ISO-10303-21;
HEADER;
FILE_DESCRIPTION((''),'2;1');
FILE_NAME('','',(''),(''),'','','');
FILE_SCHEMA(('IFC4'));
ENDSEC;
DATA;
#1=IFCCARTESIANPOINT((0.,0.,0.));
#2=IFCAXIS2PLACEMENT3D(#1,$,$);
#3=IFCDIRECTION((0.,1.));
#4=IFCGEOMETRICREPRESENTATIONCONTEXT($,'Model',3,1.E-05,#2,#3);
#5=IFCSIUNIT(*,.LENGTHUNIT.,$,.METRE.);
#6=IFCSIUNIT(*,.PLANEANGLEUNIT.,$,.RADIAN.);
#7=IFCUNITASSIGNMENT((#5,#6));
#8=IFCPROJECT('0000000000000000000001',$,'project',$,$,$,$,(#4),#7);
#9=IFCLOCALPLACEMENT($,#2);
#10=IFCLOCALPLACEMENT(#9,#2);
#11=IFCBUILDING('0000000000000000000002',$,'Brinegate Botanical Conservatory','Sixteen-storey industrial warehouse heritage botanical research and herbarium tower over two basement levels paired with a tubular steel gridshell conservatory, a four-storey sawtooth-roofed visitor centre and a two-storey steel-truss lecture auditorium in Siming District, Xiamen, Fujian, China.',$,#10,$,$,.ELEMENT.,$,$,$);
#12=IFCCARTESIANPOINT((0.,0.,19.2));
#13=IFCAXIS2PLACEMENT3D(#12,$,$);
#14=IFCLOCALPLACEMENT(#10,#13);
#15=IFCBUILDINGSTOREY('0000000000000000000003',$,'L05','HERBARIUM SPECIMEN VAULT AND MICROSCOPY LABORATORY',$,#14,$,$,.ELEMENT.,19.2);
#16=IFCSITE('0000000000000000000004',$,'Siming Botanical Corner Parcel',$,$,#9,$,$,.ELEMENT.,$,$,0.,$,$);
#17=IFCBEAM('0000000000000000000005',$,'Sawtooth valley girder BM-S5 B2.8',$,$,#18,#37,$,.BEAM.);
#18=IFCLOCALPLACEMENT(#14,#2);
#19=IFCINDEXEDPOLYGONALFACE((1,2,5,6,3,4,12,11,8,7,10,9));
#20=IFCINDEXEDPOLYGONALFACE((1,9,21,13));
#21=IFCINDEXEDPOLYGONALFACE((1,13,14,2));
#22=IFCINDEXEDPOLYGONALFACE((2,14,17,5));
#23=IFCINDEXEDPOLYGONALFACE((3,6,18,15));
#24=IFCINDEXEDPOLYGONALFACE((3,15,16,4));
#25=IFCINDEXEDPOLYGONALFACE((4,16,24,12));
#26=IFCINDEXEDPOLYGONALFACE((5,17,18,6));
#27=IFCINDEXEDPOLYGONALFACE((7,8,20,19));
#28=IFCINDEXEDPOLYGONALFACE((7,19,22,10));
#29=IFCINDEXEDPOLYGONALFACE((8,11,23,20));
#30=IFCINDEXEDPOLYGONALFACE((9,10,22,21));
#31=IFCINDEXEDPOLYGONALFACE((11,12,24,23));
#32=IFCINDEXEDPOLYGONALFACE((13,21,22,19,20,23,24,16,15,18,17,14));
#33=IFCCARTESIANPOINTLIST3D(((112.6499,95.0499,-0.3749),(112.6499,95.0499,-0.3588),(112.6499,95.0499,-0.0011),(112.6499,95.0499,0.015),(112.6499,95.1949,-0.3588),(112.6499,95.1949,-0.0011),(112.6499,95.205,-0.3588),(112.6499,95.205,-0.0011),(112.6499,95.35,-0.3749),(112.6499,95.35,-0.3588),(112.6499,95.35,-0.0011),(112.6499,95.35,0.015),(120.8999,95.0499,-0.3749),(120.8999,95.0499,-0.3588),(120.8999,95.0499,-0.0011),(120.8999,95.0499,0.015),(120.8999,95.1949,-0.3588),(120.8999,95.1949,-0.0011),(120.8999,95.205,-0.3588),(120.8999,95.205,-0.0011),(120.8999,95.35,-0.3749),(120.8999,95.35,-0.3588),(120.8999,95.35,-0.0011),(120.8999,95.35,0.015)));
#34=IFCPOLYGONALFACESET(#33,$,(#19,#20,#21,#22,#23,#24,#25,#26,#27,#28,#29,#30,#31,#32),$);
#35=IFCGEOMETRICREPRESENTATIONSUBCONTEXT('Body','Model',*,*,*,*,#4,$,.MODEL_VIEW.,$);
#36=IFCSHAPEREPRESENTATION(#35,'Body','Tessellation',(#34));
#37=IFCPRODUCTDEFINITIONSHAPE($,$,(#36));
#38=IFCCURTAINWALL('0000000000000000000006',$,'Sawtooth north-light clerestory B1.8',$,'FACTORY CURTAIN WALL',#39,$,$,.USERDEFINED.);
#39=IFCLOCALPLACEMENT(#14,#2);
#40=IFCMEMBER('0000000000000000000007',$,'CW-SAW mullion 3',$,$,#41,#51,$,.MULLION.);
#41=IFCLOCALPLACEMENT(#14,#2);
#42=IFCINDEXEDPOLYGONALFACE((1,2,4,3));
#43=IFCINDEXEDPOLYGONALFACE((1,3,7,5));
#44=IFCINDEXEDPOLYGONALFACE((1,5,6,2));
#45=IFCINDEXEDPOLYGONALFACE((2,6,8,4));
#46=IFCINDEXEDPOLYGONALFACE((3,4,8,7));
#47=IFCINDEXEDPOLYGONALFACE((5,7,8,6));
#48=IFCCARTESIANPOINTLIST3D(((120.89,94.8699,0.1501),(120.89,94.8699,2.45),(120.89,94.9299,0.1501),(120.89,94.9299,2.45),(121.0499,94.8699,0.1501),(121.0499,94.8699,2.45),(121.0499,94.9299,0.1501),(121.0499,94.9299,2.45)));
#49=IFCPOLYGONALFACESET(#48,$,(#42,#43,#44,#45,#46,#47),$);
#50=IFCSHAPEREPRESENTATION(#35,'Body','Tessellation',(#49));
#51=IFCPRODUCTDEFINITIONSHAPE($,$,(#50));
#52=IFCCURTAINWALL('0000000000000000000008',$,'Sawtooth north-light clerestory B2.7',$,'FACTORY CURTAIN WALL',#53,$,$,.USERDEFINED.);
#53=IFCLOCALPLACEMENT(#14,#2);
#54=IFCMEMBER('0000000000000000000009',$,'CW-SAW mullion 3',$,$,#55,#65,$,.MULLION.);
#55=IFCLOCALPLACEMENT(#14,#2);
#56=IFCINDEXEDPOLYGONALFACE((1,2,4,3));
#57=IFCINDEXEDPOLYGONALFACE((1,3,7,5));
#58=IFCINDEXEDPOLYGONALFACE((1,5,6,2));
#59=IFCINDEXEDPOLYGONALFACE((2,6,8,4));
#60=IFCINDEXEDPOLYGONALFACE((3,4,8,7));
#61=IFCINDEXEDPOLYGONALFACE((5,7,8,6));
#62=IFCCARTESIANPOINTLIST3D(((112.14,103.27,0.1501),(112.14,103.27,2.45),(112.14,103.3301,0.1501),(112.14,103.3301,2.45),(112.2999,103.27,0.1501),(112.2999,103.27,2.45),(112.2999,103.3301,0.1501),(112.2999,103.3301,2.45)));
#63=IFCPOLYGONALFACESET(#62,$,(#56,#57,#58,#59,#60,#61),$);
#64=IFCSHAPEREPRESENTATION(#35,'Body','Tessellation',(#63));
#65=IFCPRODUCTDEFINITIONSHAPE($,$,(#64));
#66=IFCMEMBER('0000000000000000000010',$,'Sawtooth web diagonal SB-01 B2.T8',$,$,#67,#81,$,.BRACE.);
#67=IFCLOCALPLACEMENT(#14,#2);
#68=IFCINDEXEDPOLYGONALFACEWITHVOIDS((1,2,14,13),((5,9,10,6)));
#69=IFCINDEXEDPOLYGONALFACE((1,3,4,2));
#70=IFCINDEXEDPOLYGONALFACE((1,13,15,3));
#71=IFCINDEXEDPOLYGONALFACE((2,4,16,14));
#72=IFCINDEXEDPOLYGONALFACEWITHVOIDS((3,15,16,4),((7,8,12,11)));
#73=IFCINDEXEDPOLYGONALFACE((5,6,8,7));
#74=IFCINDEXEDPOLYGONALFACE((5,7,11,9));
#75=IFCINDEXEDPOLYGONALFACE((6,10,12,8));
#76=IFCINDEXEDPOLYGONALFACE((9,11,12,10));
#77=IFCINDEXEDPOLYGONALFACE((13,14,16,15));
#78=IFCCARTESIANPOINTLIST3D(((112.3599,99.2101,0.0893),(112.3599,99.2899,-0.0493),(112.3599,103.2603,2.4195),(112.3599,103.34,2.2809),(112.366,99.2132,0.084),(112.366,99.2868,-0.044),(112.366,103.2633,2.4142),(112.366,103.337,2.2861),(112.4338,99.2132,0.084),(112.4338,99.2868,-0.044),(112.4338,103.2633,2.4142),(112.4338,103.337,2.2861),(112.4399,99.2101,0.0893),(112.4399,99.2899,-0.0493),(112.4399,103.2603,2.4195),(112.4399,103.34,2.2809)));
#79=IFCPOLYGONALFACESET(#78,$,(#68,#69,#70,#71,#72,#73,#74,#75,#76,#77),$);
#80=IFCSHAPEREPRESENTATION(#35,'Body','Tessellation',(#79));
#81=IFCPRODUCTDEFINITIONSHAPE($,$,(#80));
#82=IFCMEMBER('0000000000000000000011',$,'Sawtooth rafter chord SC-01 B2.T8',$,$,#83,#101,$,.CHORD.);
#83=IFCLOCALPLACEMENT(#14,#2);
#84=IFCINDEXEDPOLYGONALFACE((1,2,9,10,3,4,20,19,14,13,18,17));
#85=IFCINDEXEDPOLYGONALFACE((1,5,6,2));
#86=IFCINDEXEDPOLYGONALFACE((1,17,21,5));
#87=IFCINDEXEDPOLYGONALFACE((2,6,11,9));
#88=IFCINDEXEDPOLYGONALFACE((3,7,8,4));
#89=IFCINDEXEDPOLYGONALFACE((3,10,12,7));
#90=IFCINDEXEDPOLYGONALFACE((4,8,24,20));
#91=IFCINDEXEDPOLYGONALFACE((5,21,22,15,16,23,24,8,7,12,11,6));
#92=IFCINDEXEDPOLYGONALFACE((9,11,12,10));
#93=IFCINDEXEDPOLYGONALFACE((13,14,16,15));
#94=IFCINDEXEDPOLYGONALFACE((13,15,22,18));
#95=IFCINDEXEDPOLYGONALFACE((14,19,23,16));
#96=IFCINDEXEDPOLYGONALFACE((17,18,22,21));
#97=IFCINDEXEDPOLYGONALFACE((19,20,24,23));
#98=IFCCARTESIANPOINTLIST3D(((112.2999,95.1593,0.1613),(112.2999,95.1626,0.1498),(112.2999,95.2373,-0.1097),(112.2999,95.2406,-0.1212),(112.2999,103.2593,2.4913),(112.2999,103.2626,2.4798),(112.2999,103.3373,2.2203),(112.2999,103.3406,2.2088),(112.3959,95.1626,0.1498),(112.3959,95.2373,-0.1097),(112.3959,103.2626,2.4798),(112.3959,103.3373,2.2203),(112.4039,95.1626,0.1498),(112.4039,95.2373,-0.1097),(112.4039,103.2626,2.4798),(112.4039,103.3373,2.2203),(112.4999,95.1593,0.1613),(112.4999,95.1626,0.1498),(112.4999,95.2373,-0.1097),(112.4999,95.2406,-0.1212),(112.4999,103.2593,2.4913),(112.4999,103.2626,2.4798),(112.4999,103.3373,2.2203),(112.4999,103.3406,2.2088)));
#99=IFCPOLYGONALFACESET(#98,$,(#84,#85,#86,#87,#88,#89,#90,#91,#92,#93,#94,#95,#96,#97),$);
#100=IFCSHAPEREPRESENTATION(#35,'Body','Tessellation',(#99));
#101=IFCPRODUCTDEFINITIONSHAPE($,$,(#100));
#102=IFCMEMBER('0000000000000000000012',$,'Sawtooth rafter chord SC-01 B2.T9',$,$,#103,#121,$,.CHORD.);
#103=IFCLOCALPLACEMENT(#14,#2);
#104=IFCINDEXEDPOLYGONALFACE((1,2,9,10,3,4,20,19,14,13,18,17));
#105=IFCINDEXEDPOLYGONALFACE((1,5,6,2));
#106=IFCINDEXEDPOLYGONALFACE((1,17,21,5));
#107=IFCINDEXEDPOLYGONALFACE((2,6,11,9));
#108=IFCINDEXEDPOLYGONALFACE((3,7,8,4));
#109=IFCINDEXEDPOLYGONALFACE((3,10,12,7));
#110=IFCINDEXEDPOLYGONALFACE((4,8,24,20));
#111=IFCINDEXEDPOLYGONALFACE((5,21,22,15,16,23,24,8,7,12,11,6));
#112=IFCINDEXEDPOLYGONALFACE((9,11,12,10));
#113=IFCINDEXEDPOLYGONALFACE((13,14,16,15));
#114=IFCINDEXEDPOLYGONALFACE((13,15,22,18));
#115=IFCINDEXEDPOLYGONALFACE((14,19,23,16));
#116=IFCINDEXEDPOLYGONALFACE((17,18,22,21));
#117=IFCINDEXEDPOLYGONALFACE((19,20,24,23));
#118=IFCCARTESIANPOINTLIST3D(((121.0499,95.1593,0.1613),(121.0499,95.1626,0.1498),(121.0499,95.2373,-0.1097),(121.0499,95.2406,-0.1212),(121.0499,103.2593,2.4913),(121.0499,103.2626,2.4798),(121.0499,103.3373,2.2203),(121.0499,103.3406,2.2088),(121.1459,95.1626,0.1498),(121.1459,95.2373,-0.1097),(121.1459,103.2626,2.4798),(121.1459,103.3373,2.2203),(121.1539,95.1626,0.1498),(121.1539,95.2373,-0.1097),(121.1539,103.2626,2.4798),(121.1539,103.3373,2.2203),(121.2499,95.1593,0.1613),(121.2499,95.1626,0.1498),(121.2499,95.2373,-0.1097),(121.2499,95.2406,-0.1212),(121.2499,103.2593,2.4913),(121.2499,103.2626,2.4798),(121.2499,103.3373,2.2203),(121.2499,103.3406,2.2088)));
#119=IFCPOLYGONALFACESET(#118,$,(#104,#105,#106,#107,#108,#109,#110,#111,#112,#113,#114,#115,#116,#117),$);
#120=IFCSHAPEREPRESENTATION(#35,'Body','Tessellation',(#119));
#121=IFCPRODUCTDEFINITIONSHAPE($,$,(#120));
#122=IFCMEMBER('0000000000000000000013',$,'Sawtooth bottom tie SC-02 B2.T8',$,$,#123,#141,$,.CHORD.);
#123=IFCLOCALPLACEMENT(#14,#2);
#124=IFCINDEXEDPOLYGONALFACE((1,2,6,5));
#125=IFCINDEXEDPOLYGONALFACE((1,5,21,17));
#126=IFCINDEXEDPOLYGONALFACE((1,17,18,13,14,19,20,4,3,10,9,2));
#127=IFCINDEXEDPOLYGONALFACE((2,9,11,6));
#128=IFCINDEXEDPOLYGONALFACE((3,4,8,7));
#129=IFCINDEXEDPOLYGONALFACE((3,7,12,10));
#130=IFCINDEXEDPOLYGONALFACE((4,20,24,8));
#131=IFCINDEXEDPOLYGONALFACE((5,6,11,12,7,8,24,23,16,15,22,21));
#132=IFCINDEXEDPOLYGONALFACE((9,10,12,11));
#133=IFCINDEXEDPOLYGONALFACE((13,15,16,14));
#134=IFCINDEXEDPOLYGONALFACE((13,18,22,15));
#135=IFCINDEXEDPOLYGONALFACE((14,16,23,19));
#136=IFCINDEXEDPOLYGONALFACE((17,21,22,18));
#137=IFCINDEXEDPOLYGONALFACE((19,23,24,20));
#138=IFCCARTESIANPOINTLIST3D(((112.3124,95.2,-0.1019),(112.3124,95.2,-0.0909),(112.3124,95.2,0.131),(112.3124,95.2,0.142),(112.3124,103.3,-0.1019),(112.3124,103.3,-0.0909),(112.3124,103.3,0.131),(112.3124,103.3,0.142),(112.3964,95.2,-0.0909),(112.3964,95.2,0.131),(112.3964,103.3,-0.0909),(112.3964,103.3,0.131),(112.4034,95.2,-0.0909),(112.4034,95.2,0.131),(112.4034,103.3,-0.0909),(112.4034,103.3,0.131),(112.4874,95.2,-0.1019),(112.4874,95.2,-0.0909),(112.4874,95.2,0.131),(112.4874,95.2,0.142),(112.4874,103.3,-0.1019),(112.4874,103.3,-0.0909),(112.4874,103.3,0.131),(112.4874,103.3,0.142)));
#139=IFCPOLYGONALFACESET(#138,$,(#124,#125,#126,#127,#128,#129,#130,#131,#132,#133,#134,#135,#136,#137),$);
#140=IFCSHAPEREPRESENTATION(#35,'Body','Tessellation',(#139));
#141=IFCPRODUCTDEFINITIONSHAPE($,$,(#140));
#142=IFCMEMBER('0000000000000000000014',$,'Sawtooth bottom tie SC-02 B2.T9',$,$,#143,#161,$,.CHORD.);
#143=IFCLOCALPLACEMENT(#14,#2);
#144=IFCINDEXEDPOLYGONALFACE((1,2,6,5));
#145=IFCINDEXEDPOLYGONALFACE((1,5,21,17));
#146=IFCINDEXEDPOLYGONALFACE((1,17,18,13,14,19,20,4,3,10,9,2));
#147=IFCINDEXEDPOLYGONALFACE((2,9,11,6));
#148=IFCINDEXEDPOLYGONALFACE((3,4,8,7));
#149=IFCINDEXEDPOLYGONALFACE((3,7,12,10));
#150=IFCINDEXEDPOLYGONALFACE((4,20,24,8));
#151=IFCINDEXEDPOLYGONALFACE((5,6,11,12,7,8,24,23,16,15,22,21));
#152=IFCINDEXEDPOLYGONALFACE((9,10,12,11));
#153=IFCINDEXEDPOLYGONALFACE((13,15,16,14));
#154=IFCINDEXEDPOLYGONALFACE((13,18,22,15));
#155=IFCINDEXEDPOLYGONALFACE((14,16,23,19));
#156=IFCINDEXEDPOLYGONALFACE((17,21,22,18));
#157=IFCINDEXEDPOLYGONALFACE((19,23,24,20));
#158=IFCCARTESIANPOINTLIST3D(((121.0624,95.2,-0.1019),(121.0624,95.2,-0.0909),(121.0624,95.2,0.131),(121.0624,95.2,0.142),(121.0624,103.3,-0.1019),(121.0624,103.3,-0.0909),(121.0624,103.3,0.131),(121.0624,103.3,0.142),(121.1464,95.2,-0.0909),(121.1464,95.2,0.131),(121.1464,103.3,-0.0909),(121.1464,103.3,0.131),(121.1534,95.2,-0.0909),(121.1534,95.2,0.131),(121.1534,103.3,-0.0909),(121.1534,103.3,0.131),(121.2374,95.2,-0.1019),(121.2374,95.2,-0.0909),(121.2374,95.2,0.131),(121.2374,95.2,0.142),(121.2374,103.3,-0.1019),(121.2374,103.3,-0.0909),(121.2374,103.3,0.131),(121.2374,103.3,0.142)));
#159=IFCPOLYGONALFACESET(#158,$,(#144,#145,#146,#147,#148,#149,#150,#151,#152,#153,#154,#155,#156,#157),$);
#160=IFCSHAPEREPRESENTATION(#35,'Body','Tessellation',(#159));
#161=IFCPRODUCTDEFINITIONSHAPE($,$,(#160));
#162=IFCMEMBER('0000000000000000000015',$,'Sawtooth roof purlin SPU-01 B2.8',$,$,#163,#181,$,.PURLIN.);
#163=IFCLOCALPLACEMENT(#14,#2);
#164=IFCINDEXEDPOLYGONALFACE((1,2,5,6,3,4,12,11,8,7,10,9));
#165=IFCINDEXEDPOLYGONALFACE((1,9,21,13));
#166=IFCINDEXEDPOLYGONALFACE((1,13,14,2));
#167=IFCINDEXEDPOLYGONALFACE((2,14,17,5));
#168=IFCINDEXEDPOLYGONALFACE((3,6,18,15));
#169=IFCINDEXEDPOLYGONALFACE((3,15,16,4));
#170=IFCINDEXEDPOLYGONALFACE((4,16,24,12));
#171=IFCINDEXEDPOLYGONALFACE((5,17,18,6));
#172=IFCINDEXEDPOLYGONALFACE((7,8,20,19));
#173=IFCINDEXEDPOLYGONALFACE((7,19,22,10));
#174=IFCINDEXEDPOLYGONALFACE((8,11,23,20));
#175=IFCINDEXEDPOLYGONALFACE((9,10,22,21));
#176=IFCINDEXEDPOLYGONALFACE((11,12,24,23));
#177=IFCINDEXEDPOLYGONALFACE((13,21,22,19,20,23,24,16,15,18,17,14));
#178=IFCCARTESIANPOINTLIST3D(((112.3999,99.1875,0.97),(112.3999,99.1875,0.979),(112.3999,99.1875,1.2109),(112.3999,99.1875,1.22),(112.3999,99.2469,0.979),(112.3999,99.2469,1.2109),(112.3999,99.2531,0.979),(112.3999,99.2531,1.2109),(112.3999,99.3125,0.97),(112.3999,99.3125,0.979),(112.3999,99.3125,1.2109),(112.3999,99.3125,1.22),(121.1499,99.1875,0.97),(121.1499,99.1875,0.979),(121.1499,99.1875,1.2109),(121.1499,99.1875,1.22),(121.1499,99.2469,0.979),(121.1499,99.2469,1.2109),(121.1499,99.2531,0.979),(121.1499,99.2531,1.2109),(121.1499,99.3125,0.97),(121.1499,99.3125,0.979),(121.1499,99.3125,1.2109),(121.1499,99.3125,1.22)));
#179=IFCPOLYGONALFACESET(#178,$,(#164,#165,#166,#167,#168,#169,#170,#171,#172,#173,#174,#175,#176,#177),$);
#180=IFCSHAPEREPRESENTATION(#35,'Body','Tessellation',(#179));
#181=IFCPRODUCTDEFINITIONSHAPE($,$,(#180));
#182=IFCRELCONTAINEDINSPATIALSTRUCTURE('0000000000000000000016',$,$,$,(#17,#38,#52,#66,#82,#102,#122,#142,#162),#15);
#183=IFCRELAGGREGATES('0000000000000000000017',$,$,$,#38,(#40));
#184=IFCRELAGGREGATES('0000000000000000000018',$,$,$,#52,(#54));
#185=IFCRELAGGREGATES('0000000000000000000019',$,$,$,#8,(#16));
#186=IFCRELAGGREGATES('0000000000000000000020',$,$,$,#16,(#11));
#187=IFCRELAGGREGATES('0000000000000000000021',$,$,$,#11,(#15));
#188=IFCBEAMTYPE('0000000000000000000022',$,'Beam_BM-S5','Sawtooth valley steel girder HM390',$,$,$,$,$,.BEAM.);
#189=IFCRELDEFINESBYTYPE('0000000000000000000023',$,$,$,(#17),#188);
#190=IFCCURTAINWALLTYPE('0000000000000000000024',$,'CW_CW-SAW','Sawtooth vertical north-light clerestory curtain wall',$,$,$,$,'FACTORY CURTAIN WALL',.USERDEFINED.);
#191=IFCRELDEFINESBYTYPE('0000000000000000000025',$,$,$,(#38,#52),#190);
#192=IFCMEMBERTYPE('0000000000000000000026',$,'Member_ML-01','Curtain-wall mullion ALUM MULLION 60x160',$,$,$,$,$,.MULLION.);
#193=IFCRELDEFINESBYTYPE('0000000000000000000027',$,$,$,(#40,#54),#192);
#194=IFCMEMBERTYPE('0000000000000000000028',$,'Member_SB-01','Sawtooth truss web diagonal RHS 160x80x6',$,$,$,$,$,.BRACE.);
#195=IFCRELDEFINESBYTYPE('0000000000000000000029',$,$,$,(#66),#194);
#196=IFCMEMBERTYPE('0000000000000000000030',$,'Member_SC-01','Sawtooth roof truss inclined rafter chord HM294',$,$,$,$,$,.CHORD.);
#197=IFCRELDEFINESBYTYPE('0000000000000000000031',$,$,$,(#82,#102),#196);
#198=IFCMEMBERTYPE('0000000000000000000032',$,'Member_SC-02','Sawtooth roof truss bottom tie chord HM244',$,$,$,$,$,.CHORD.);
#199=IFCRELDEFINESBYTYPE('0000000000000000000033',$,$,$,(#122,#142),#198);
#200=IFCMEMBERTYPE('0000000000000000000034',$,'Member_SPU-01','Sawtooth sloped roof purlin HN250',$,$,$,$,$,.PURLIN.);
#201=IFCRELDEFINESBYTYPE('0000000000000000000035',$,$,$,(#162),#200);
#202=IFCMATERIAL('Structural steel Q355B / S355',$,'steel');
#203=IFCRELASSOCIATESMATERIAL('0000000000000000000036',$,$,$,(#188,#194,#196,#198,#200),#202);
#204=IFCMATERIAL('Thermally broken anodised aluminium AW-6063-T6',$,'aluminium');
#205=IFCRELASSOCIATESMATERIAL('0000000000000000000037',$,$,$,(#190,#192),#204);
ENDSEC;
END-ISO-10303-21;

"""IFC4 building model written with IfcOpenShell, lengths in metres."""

from ifc_helpers import new_model, si_unit, direction, frame, origin, origin_2d, place, context, subcontext, project, spatial, rectangle, hollow_rectangle, i_section, extrude, material, material_profile, profile_set, type_object, element, aggregate, save


model = new_model("IFC4")

# Units and contexts
model_context = context("Model", 3, precision=1e-05, world=origin(), true_north=direction((0.0, 1.0)))
body_context = subcontext(model_context, "Body", "Model", "MODEL_VIEW")
ifc_project = project(units=[si_unit("LENGTHUNIT", "METRE"), si_unit("PLANEANGLEUNIT", "RADIAN")], contexts=[model_context])

# Site, building, storey
site_placement = place(None, origin())
site = spatial("IfcSite", under=ifc_project, at=site_placement, Name="Siming Botanical Corner Parcel", CompositionType="ELEMENT", RefElevation=0.0)
building_placement = place(site_placement, origin())
building = spatial("IfcBuilding", under=site, at=building_placement, Name="Brinegate Botanical Conservatory", Description="Sixteen-storey industrial warehouse heritage botanical research and herbarium tower over two basement levels paired with a tubular steel gridshell conservatory, a four-storey sawtooth-roofed visitor centre and a two-storey steel-truss lecture auditorium in Siming District, Xiamen, Fujian, China.", CompositionType="ELEMENT")
storey_placement = place(building_placement, frame((0.0, 0.0, 19.2)))
storey = spatial("IfcBuildingStorey", under=building, at=storey_placement, Name="L05", Description="HERBARIUM SPECIMEN VAULT AND MICROSCOPY LABORATORY", CompositionType="ELEMENT", Elevation=19.2)

# Beam
ifc_material_1 = material(Name="Structural steel Q355B / S355", Category="steel")
ifc_material_profile_1 = material_profile(ifc_material_1, i_section(OverallWidth=0.3, OverallDepth=0.3899, WebThickness=0.01, FlangeThickness=0.0161, at=origin_2d()), Name="HM 390x300x10x16")
ifc_profile_set_1 = profile_set([ifc_material_profile_1], Name="Structural steel Q355B / S355")
beam_type = type_object("IfcBeamType", Name="Beam_BM-S5", Description="Sawtooth valley steel girder HM390", PredefinedType="BEAM", material=ifc_profile_set_1)
beam_placement = place(storey_placement, frame((112.6499, 95.2, -0.1799), z_axis=(1.0, 0.0, 0.0), x_axis=(0.0, 1.0, 0.0)))
element("IfcBeam", 1, at=beam_placement, inside=storey, type_object=beam_type, Name="Sawtooth valley girder BM-S5 B2.8", PredefinedType="BEAM", context=body_context, shape_type="SweptSolid", body=[
    extrude(i_section(OverallWidth=0.3, OverallDepth=0.3899, WebThickness=0.01, FlangeThickness=0.0161, at=origin_2d()), origin(), (0.0, 0.0, 1.0), 8.25),
])

# Curtain walls, members
ifc_material_2 = material(Name="Thermally broken anodised aluminium AW-6063-T6", Category="aluminium")
curtain_wall_type = type_object("IfcCurtainWallType", Name="CW_CW-SAW", Description="Sawtooth vertical north-light clerestory curtain wall", ElementType="FACTORY CURTAIN WALL", PredefinedType="USERDEFINED", material=ifc_material_2)
curtain_wall_1_placement = place(storey_placement, origin())
curtain_wall_1 = element("IfcCurtainWall", 2, at=curtain_wall_1_placement, inside=storey, type_object=curtain_wall_type, Name="Sawtooth north-light clerestory B1.8", ObjectType="FACTORY CURTAIN WALL", PredefinedType="USERDEFINED")
ifc_material_profile_2 = material_profile(ifc_material_2, rectangle(XDim=0.0601, YDim=0.1599, at=origin_2d()), Name="ALUM MULLION 60x160")
ifc_profile_set_2 = profile_set([ifc_material_profile_2], Name="Thermally broken anodised aluminium AW-6063-T6")
member_type_1 = type_object("IfcMemberType", Name="Member_ML-01", Description="Curtain-wall mullion ALUM MULLION 60x160", PredefinedType="MULLION", material=ifc_profile_set_2)
member_1_placement = place(storey_placement, frame((120.97, 94.8999, 0.1501), z_axis=(0.0, 0.0, 1.0), x_axis=(0.0, 1.0, 0.0)))
member_1 = element("IfcMember", 3, at=member_1_placement, type_object=member_type_1, Name="CW-SAW mullion 3", PredefinedType="MULLION", context=body_context, shape_type="SweptSolid", body=[
    extrude(rectangle(XDim=0.0601, YDim=0.1599, at=origin_2d()), origin(), (0.0, 0.0, 1.0), 2.2998),
])
curtain_wall_2_placement = place(storey_placement, origin())
curtain_wall_2 = element("IfcCurtainWall", 4, at=curtain_wall_2_placement, inside=storey, type_object=curtain_wall_type, Name="Sawtooth north-light clerestory B2.7", ObjectType="FACTORY CURTAIN WALL", PredefinedType="USERDEFINED")
member_2_placement = place(storey_placement, frame((112.22, 103.3, 0.1501), z_axis=(0.0, 0.0, 1.0), x_axis=(0.0, 1.0, 0.0)))
member_2 = element("IfcMember", 5, at=member_2_placement, type_object=member_type_1, Name="CW-SAW mullion 3", PredefinedType="MULLION", context=body_context, shape_type="SweptSolid", body=[
    extrude(rectangle(XDim=0.0601, YDim=0.1599, at=origin_2d()), origin(), (0.0, 0.0, 1.0), 2.2998),
])

# Members
ifc_material_profile_3 = material_profile(ifc_material_1, hollow_rectangle(XDim=0.0801, YDim=0.1599, WallThickness=0.0061, at=origin_2d()), Name="RHS 160x80x6")
ifc_profile_set_3 = profile_set([ifc_material_profile_3], Name="Structural steel Q355B / S355")
member_type_2 = type_object("IfcMemberType", Name="Member_SB-01", Description="Sawtooth truss web diagonal RHS 160x80x6", PredefinedType="BRACE", material=ifc_profile_set_3)
member_3_placement = place(storey_placement, frame((112.3999, 99.25, 0.02), z_axis=(0.0, 0.866786, 0.49868), x_axis=(-1.0, 0.0, 0.0)))
element("IfcMember", 6, at=member_3_placement, inside=storey, type_object=member_type_2, Name="Sawtooth web diagonal SB-01 B2.T8", PredefinedType="BRACE", context=body_context, shape_type="SweptSolid", body=[
    extrude(hollow_rectangle(XDim=0.0801, YDim=0.1599, WallThickness=0.0061, at=origin_2d()), origin(), (0.0, 0.0, 1.0), 4.6726),
])
ifc_material_profile_4 = material_profile(ifc_material_1, i_section(OverallWidth=0.2, OverallDepth=0.2939, WebThickness=0.0081, FlangeThickness=0.012, at=origin_2d()), Name="HM 294x200x8x12")
ifc_profile_set_4 = profile_set([ifc_material_profile_4], Name="Structural steel Q355B / S355")
member_type_3 = type_object("IfcMemberType", Name="Member_SC-01", Description="Sawtooth roof truss inclined rafter chord HM294", PredefinedType="CHORD", material=ifc_profile_set_4)
for number, where, z_axis, x_axis, name in (
    (7, (112.3999, 95.2, 0.02), (0.0, 0.961028, 0.27645), (-1.0, 0.0, 0.0), "Sawtooth rafter chord SC-01 B2.T8"),
    (8, (121.1499, 95.2, 0.02), (0.0, 0.961028, 0.27645), (-1.0, 0.0, 0.0), "Sawtooth rafter chord SC-01 B2.T9"),
):
    element("IfcMember", number, at=place(storey_placement, frame(where, z_axis=z_axis, x_axis=x_axis)), inside=storey, type_object=member_type_3, Name=name, PredefinedType="CHORD", context=body_context, shape_type="SweptSolid", body=[
        extrude(i_section(OverallWidth=0.2, OverallDepth=0.2939, WebThickness=0.0081, FlangeThickness=0.012, at=origin_2d()), origin(), (0.0, 0.0, 1.0), 8.4285),
    ])
ifc_material_profile_5 = material_profile(ifc_material_1, i_section(OverallWidth=0.175, OverallDepth=0.2439, WebThickness=0.0071, FlangeThickness=0.011, at=origin_2d()), Name="HM 244x175x7x11")
ifc_profile_set_5 = profile_set([ifc_material_profile_5], Name="Structural steel Q355B / S355")
member_type_4 = type_object("IfcMemberType", Name="Member_SC-02", Description="Sawtooth roof truss bottom tie chord HM244", PredefinedType="CHORD", material=ifc_profile_set_5)
for number, where, z_axis, x_axis, name in (
    (9, (112.3999, 95.2, 0.02), (0.0, 1.0, 0.0), (-1.0, 0.0, 0.0), "Sawtooth bottom tie SC-02 B2.T8"),
    (10, (121.1499, 95.2, 0.02), (0.0, 1.0, 0.0), (-1.0, 0.0, 0.0), "Sawtooth bottom tie SC-02 B2.T9"),
):
    element("IfcMember", number, at=place(storey_placement, frame(where, z_axis=z_axis, x_axis=x_axis)), inside=storey, type_object=member_type_4, Name=name, PredefinedType="CHORD", context=body_context, shape_type="SweptSolid", body=[
        extrude(i_section(OverallWidth=0.175, OverallDepth=0.2439, WebThickness=0.0071, FlangeThickness=0.011, at=origin_2d()), origin(), (0.0, 0.0, 1.0), 8.1001),
    ])
ifc_material_profile_6 = material_profile(ifc_material_1, i_section(OverallWidth=0.125, OverallDepth=0.25, WebThickness=0.0061, FlangeThickness=0.009, at=origin_2d()), Name="HN 250x125x6x9")
ifc_profile_set_6 = profile_set([ifc_material_profile_6], Name="Structural steel Q355B / S355")
member_type_5 = type_object("IfcMemberType", Name="Member_SPU-01", Description="Sawtooth sloped roof purlin HN250", PredefinedType="PURLIN", material=ifc_profile_set_6)
member_4_placement = place(storey_placement, frame((112.3999, 99.25, 1.095), z_axis=(1.0, 0.0, 0.0), x_axis=(0.0, 1.0, 0.0)))
element("IfcMember", 11, at=member_4_placement, inside=storey, type_object=member_type_5, Name="Sawtooth roof purlin SPU-01 B2.8", PredefinedType="PURLIN", context=body_context, shape_type="SweptSolid", body=[
    extrude(i_section(OverallWidth=0.125, OverallDepth=0.25, WebThickness=0.0061, FlangeThickness=0.009, at=origin_2d()), origin(), (0.0, 0.0, 1.0), 8.75),
])

aggregate(curtain_wall_1, [member_1])
aggregate(curtain_wall_2, [member_2])

save(model, "model.ifc")
